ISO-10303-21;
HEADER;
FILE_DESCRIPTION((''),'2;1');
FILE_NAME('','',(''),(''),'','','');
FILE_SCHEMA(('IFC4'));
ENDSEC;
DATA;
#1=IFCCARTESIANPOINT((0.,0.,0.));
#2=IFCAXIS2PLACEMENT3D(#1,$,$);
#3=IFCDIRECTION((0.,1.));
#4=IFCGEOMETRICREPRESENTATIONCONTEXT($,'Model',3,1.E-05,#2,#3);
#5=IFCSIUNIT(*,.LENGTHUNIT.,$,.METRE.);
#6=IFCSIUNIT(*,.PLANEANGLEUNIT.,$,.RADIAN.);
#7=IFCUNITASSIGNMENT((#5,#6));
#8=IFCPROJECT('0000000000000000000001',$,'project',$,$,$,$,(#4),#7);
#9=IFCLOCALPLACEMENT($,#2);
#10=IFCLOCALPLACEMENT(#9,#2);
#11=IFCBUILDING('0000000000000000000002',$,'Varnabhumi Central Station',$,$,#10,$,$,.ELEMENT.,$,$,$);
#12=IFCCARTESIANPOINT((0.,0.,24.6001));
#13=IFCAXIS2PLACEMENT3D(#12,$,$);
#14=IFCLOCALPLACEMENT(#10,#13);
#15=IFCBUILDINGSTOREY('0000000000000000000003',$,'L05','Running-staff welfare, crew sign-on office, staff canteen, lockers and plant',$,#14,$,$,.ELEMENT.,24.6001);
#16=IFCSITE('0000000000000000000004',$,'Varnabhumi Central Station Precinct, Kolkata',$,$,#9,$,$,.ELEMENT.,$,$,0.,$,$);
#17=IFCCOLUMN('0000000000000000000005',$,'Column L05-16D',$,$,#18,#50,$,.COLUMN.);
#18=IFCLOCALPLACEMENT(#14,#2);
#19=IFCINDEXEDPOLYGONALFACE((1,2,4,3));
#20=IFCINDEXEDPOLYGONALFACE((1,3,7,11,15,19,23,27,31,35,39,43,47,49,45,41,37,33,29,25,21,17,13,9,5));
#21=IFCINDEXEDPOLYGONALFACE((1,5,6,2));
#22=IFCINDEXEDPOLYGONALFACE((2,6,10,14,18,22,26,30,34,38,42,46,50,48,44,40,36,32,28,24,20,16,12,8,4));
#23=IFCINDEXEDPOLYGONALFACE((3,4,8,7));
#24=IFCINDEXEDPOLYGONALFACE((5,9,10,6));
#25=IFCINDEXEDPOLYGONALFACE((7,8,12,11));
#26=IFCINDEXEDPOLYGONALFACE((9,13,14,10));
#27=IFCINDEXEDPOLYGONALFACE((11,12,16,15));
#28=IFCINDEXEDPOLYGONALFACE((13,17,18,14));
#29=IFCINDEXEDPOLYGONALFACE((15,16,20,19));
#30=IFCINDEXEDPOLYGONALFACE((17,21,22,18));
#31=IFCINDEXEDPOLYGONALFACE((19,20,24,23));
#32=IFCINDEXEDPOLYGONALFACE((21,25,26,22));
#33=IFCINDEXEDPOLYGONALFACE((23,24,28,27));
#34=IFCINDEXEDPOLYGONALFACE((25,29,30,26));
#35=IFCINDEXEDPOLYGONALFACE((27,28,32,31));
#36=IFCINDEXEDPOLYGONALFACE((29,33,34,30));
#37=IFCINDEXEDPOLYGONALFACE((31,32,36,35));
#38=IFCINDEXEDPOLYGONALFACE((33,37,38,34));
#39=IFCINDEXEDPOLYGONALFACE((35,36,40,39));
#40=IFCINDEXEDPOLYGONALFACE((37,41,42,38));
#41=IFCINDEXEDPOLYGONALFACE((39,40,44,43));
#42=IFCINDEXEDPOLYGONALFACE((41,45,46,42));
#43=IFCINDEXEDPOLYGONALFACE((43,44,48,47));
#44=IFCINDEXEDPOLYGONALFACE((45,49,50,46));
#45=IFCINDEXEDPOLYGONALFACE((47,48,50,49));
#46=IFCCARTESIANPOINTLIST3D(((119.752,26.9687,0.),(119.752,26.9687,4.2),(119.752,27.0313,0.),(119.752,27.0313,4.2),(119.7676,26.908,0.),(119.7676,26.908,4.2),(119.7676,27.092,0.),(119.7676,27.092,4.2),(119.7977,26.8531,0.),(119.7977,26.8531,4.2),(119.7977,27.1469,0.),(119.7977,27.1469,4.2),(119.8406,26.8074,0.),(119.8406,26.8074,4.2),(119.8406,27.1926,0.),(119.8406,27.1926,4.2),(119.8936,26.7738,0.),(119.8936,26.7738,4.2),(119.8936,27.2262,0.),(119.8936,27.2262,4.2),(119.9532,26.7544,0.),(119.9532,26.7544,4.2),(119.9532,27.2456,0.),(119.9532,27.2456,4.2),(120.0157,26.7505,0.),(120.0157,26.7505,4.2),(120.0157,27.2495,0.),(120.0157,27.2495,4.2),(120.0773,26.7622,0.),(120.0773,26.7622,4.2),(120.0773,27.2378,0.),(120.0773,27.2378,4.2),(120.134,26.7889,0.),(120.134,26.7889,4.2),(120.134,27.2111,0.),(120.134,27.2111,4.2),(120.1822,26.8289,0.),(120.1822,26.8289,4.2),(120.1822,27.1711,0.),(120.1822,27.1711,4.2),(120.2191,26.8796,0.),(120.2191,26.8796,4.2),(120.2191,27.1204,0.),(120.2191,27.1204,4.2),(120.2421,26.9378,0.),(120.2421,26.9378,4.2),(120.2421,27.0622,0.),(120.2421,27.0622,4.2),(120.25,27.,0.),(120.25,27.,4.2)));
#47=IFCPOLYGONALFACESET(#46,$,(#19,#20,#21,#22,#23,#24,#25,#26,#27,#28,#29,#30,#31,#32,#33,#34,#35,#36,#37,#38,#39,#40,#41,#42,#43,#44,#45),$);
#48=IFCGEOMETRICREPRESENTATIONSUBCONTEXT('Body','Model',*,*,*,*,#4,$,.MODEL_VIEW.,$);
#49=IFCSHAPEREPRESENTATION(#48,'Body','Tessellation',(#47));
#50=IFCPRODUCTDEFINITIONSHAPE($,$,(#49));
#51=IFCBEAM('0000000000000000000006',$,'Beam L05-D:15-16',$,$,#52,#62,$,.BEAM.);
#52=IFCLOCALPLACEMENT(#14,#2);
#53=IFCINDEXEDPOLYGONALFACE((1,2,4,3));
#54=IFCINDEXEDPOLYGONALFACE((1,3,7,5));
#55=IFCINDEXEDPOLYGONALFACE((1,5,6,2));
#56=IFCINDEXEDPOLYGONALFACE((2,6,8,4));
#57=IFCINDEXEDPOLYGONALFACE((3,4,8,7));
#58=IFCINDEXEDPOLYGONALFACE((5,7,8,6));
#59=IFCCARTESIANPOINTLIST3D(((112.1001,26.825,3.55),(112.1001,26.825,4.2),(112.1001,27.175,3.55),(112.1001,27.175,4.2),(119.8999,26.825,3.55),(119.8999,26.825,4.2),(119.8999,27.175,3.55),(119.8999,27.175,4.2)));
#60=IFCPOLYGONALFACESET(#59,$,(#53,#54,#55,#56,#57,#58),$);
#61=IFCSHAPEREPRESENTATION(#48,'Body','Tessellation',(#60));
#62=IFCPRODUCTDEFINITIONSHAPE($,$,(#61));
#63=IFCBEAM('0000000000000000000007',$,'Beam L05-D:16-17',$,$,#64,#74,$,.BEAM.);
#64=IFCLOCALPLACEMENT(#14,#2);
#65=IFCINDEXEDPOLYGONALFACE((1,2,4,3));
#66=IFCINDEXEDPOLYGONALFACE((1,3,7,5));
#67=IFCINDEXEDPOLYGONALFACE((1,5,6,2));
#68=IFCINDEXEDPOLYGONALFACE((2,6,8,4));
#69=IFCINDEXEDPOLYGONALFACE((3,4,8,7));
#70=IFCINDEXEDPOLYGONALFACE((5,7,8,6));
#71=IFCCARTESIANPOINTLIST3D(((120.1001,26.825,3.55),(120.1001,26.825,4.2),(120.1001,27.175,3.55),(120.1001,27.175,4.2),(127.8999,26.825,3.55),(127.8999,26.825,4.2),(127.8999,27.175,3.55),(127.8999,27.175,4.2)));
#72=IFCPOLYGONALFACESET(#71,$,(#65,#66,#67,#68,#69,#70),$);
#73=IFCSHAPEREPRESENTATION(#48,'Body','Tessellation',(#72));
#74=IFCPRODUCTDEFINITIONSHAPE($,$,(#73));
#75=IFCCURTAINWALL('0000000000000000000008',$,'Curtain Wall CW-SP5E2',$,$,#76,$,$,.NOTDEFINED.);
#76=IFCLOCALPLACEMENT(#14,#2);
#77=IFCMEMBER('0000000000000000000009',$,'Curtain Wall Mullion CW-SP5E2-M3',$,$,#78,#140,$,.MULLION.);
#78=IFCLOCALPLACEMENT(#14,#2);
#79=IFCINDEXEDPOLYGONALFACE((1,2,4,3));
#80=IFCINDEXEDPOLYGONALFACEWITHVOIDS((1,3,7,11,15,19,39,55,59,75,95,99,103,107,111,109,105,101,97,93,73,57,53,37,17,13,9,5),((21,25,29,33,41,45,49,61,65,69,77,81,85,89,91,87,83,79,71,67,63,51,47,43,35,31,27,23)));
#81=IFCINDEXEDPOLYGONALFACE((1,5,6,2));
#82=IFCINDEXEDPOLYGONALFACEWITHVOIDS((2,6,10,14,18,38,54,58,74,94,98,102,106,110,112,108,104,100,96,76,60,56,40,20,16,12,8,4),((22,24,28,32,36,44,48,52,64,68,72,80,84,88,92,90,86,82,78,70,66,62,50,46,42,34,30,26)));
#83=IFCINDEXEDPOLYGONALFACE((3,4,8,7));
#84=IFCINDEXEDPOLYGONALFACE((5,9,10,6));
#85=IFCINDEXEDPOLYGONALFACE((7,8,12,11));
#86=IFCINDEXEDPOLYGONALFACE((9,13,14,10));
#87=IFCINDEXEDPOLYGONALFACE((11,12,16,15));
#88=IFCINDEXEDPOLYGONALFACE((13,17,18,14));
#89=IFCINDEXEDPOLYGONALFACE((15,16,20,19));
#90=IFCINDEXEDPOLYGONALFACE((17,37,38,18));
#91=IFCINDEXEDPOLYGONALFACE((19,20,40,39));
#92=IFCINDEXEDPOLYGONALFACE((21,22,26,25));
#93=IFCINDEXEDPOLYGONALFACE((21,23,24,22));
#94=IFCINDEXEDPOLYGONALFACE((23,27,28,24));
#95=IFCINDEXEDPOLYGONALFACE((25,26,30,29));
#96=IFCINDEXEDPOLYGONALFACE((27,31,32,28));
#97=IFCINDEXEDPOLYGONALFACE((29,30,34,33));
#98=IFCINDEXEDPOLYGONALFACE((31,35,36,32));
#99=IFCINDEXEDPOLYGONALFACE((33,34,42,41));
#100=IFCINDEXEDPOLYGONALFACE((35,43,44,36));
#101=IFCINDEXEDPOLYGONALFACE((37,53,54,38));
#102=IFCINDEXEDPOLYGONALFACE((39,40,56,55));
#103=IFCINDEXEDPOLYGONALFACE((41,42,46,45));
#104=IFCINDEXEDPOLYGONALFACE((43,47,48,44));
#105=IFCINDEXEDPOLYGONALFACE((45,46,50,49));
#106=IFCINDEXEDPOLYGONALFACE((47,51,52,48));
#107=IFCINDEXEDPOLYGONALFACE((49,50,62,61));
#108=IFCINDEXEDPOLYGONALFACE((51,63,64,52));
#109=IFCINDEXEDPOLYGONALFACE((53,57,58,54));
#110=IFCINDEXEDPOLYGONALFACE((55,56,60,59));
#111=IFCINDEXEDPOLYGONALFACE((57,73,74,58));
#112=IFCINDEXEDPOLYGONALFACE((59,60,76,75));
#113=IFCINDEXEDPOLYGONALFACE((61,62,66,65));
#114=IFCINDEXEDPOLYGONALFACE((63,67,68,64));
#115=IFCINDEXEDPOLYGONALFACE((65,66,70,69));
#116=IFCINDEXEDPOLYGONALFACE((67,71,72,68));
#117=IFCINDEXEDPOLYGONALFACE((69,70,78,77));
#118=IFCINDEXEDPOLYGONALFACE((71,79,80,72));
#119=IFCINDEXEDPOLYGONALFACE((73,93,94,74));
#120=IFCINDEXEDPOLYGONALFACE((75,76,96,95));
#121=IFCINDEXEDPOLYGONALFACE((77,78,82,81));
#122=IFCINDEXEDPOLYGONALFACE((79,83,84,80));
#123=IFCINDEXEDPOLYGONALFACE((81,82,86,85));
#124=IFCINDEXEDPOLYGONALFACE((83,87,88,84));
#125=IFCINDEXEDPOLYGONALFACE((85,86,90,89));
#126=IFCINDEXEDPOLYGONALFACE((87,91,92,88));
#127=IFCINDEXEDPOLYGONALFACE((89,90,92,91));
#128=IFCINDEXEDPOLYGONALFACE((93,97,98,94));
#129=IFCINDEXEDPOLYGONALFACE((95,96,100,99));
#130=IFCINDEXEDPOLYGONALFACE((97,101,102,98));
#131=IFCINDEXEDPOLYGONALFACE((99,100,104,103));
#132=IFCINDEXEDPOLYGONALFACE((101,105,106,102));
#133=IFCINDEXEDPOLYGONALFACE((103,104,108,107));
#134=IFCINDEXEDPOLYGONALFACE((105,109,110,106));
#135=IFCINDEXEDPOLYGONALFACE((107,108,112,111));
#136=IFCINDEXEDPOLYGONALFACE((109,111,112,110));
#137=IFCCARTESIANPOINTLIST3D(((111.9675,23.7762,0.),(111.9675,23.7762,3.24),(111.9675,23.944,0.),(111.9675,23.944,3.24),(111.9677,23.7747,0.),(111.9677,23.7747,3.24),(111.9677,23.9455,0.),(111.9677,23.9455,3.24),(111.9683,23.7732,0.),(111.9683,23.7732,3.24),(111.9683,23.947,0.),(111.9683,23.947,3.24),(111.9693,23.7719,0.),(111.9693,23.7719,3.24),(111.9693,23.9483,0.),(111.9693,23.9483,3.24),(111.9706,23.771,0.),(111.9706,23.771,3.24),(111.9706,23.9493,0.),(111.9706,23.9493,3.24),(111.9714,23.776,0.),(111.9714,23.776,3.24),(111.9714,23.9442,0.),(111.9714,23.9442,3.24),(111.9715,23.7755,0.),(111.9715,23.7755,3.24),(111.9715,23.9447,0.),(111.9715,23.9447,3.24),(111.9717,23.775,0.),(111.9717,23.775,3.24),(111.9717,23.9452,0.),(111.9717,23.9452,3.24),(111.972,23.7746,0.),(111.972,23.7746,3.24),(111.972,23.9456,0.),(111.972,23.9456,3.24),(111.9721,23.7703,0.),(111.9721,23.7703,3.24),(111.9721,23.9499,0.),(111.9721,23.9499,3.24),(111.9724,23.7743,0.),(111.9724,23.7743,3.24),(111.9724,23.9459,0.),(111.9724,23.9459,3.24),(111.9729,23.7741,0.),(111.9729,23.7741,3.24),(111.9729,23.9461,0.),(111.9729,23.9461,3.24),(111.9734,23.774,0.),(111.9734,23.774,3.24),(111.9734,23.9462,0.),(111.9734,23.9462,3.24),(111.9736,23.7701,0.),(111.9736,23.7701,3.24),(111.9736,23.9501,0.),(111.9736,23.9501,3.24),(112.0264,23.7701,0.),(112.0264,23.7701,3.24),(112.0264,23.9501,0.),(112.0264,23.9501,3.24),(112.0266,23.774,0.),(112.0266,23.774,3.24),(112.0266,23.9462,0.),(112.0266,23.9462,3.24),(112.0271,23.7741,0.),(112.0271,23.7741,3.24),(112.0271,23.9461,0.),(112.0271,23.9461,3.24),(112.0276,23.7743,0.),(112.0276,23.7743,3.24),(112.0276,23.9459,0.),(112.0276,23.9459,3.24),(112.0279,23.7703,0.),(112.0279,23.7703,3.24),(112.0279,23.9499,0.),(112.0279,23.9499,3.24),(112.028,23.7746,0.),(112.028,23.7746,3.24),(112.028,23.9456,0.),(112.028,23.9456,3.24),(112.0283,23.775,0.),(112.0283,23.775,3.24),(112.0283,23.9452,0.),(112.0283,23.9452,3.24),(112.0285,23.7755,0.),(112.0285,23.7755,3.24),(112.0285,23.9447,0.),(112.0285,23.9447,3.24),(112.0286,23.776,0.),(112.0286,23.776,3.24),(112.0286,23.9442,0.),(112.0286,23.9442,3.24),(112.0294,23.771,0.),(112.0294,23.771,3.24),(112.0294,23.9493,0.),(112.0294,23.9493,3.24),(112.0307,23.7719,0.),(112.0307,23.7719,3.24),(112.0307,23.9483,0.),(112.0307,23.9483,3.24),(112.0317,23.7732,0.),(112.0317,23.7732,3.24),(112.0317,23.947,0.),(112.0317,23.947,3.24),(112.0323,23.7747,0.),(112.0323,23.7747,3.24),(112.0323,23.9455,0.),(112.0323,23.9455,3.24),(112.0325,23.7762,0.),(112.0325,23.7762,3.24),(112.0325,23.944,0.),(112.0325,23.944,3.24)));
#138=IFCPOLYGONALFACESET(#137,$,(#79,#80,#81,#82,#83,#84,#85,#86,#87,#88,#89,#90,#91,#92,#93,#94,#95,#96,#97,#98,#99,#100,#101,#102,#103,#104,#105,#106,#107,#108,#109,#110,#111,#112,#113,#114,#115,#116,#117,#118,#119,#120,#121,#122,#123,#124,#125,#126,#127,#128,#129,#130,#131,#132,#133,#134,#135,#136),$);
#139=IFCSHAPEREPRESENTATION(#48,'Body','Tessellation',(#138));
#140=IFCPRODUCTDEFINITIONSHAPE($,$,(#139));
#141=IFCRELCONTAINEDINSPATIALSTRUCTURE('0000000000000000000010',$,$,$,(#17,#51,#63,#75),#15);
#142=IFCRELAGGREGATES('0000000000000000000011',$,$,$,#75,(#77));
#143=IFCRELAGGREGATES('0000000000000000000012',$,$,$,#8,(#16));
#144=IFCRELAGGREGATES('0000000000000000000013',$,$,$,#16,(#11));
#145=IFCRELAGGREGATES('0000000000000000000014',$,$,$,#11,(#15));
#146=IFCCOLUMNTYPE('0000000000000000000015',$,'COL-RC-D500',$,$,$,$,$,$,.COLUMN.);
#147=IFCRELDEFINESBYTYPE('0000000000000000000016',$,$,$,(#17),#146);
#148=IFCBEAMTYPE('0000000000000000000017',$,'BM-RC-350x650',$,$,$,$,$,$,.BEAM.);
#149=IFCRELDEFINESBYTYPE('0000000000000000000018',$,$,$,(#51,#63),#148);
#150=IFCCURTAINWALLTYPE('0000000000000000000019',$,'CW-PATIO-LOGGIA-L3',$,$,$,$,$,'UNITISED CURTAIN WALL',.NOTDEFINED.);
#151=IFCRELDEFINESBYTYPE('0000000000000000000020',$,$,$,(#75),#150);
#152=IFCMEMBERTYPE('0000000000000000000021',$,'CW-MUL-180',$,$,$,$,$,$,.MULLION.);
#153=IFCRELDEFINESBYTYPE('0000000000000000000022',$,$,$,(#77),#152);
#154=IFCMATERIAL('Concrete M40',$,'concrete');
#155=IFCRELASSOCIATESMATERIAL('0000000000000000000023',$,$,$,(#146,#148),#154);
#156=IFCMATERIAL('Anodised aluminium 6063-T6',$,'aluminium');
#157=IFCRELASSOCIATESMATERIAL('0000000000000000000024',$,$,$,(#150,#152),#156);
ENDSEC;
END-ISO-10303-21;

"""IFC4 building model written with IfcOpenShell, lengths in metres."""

from ifc_helpers import new_model, si_unit, direction, frame, origin, origin_2d, place, context, subcontext, project, spatial, rectangle, hollow_rectangle, circle, extrude, material, material_profile, profile_set, type_object, element, aggregate, save


model = new_model("IFC4")

# Units and contexts
model_context = context("Model", 3, precision=1e-05, world=origin(), true_north=direction((0.0, 1.0)))
body_context = subcontext(model_context, "Body", "Model", "MODEL_VIEW")
ifc_project = project(units=[si_unit("LENGTHUNIT", "METRE"), si_unit("PLANEANGLEUNIT", "RADIAN")], contexts=[model_context])

# Site, building, storey
site_placement = place(None, origin())
site = spatial("IfcSite", under=ifc_project, at=site_placement, Name="Varnabhumi Central Station Precinct, Kolkata", CompositionType="ELEMENT", RefElevation=0.0)
building_placement = place(site_placement, origin())
building = spatial("IfcBuilding", under=site, at=building_placement, Name="Varnabhumi Central Station", CompositionType="ELEMENT")
storey_placement = place(building_placement, frame((0.0, 0.0, 24.6001)))
storey = spatial("IfcBuildingStorey", under=building, at=storey_placement, Name="L05", Description="Running-staff welfare, crew sign-on office, staff canteen, lockers and plant", CompositionType="ELEMENT", Elevation=24.6001)

# Column
ifc_material_1 = material(Name="Concrete M40", Category="concrete")
ifc_material_profile_1 = material_profile(ifc_material_1, circle(Radius=0.25, at=origin_2d()), Name="Concrete M40", Category="concrete")
ifc_profile_set_1 = profile_set([ifc_material_profile_1], Name="Concrete M40")
column_type = type_object("IfcColumnType", Name="COL-RC-D500", PredefinedType="COLUMN", material=ifc_profile_set_1)
column_placement = place(storey_placement, frame((120.0, 27.0, 0.0), z_axis=(0.0, 0.0, 1.0), x_axis=(1.0, 0.0, 0.0)))
element("IfcColumn", 1, at=column_placement, inside=storey, type_object=column_type, Name="Column L05-16D", PredefinedType="COLUMN", context=body_context, shape_type="SweptSolid", body=[
    extrude(circle(Radius=0.25, at=origin_2d()), origin(), (0.0, 0.0, 1.0), 4.2),
])

# Beams
ifc_material_profile_2 = material_profile(ifc_material_1, rectangle(XDim=0.3501, YDim=0.6499, at=origin_2d()), Name="Concrete M40", Category="concrete")
ifc_profile_set_2 = profile_set([ifc_material_profile_2], Name="Concrete M40")
beam_type = type_object("IfcBeamType", Name="BM-RC-350x650", PredefinedType="BEAM", material=ifc_profile_set_2)
for number, where, z_axis, x_axis, name in (
    (2, (112.1001, 27.0, 3.875), (1.0, 0.0, 0.0), (0.0, 1.0, 0.0), "Beam L05-D:15-16"),
    (3, (120.1001, 27.0, 3.875), (1.0, 0.0, 0.0), (0.0, 1.0, 0.0), "Beam L05-D:16-17"),
):
    element("IfcBeam", number, at=place(storey_placement, frame(where, z_axis=z_axis, x_axis=x_axis)), inside=storey, type_object=beam_type, Name=name, PredefinedType="BEAM", context=body_context, shape_type="SweptSolid", body=[
        extrude(rectangle(XDim=0.3501, YDim=0.6499, at=origin_2d()), origin(), (0.0, 0.0, 1.0), 7.7998),
    ])

# Curtain wall, member
ifc_material_2 = material(Name="Anodised aluminium 6063-T6", Category="aluminium")
curtain_wall_type = type_object("IfcCurtainWallType", Name="CW-PATIO-LOGGIA-L3", ElementType="UNITISED CURTAIN WALL", PredefinedType="NOTDEFINED", material=ifc_material_2)
curtain_wall_1_placement = place(storey_placement, origin())
curtain_wall_1 = element("IfcCurtainWall", 4, at=curtain_wall_1_placement, inside=storey, type_object=curtain_wall_type, Name="Curtain Wall CW-SP5E2", PredefinedType="NOTDEFINED")
ifc_material_profile_3 = material_profile(ifc_material_2, hollow_rectangle(XDim=0.0649, YDim=0.1799, WallThickness=0.0039, InnerFilletRadius=0.002, OuterFilletRadius=0.0061, at=origin_2d()), Name="Anodised aluminium 6063-T6", Category="aluminium")
ifc_profile_set_3 = profile_set([ifc_material_profile_3], Name="Anodised aluminium 6063-T6")
member_type_1 = type_object("IfcMemberType", Name="CW-MUL-180", PredefinedType="MULLION", material=ifc_profile_set_3)
member_1_placement = place(storey_placement, frame((112.0, 23.8601, 0.0), z_axis=(0.0, 0.0, 1.0), x_axis=(1.0, 0.0, 0.0)))
member_1 = element("IfcMember", 5, at=member_1_placement, type_object=member_type_1, Name="Curtain Wall Mullion CW-SP5E2-M3", PredefinedType="MULLION", context=body_context, shape_type="SweptSolid", body=[
    extrude(hollow_rectangle(XDim=0.0649, YDim=0.1799, WallThickness=0.0039, InnerFilletRadius=0.002, OuterFilletRadius=0.0061, at=origin_2d()), origin(), (0.0, 0.0, 1.0), 3.24),
])

aggregate(curtain_wall_1, [member_1])

save(model, "model.ifc")
